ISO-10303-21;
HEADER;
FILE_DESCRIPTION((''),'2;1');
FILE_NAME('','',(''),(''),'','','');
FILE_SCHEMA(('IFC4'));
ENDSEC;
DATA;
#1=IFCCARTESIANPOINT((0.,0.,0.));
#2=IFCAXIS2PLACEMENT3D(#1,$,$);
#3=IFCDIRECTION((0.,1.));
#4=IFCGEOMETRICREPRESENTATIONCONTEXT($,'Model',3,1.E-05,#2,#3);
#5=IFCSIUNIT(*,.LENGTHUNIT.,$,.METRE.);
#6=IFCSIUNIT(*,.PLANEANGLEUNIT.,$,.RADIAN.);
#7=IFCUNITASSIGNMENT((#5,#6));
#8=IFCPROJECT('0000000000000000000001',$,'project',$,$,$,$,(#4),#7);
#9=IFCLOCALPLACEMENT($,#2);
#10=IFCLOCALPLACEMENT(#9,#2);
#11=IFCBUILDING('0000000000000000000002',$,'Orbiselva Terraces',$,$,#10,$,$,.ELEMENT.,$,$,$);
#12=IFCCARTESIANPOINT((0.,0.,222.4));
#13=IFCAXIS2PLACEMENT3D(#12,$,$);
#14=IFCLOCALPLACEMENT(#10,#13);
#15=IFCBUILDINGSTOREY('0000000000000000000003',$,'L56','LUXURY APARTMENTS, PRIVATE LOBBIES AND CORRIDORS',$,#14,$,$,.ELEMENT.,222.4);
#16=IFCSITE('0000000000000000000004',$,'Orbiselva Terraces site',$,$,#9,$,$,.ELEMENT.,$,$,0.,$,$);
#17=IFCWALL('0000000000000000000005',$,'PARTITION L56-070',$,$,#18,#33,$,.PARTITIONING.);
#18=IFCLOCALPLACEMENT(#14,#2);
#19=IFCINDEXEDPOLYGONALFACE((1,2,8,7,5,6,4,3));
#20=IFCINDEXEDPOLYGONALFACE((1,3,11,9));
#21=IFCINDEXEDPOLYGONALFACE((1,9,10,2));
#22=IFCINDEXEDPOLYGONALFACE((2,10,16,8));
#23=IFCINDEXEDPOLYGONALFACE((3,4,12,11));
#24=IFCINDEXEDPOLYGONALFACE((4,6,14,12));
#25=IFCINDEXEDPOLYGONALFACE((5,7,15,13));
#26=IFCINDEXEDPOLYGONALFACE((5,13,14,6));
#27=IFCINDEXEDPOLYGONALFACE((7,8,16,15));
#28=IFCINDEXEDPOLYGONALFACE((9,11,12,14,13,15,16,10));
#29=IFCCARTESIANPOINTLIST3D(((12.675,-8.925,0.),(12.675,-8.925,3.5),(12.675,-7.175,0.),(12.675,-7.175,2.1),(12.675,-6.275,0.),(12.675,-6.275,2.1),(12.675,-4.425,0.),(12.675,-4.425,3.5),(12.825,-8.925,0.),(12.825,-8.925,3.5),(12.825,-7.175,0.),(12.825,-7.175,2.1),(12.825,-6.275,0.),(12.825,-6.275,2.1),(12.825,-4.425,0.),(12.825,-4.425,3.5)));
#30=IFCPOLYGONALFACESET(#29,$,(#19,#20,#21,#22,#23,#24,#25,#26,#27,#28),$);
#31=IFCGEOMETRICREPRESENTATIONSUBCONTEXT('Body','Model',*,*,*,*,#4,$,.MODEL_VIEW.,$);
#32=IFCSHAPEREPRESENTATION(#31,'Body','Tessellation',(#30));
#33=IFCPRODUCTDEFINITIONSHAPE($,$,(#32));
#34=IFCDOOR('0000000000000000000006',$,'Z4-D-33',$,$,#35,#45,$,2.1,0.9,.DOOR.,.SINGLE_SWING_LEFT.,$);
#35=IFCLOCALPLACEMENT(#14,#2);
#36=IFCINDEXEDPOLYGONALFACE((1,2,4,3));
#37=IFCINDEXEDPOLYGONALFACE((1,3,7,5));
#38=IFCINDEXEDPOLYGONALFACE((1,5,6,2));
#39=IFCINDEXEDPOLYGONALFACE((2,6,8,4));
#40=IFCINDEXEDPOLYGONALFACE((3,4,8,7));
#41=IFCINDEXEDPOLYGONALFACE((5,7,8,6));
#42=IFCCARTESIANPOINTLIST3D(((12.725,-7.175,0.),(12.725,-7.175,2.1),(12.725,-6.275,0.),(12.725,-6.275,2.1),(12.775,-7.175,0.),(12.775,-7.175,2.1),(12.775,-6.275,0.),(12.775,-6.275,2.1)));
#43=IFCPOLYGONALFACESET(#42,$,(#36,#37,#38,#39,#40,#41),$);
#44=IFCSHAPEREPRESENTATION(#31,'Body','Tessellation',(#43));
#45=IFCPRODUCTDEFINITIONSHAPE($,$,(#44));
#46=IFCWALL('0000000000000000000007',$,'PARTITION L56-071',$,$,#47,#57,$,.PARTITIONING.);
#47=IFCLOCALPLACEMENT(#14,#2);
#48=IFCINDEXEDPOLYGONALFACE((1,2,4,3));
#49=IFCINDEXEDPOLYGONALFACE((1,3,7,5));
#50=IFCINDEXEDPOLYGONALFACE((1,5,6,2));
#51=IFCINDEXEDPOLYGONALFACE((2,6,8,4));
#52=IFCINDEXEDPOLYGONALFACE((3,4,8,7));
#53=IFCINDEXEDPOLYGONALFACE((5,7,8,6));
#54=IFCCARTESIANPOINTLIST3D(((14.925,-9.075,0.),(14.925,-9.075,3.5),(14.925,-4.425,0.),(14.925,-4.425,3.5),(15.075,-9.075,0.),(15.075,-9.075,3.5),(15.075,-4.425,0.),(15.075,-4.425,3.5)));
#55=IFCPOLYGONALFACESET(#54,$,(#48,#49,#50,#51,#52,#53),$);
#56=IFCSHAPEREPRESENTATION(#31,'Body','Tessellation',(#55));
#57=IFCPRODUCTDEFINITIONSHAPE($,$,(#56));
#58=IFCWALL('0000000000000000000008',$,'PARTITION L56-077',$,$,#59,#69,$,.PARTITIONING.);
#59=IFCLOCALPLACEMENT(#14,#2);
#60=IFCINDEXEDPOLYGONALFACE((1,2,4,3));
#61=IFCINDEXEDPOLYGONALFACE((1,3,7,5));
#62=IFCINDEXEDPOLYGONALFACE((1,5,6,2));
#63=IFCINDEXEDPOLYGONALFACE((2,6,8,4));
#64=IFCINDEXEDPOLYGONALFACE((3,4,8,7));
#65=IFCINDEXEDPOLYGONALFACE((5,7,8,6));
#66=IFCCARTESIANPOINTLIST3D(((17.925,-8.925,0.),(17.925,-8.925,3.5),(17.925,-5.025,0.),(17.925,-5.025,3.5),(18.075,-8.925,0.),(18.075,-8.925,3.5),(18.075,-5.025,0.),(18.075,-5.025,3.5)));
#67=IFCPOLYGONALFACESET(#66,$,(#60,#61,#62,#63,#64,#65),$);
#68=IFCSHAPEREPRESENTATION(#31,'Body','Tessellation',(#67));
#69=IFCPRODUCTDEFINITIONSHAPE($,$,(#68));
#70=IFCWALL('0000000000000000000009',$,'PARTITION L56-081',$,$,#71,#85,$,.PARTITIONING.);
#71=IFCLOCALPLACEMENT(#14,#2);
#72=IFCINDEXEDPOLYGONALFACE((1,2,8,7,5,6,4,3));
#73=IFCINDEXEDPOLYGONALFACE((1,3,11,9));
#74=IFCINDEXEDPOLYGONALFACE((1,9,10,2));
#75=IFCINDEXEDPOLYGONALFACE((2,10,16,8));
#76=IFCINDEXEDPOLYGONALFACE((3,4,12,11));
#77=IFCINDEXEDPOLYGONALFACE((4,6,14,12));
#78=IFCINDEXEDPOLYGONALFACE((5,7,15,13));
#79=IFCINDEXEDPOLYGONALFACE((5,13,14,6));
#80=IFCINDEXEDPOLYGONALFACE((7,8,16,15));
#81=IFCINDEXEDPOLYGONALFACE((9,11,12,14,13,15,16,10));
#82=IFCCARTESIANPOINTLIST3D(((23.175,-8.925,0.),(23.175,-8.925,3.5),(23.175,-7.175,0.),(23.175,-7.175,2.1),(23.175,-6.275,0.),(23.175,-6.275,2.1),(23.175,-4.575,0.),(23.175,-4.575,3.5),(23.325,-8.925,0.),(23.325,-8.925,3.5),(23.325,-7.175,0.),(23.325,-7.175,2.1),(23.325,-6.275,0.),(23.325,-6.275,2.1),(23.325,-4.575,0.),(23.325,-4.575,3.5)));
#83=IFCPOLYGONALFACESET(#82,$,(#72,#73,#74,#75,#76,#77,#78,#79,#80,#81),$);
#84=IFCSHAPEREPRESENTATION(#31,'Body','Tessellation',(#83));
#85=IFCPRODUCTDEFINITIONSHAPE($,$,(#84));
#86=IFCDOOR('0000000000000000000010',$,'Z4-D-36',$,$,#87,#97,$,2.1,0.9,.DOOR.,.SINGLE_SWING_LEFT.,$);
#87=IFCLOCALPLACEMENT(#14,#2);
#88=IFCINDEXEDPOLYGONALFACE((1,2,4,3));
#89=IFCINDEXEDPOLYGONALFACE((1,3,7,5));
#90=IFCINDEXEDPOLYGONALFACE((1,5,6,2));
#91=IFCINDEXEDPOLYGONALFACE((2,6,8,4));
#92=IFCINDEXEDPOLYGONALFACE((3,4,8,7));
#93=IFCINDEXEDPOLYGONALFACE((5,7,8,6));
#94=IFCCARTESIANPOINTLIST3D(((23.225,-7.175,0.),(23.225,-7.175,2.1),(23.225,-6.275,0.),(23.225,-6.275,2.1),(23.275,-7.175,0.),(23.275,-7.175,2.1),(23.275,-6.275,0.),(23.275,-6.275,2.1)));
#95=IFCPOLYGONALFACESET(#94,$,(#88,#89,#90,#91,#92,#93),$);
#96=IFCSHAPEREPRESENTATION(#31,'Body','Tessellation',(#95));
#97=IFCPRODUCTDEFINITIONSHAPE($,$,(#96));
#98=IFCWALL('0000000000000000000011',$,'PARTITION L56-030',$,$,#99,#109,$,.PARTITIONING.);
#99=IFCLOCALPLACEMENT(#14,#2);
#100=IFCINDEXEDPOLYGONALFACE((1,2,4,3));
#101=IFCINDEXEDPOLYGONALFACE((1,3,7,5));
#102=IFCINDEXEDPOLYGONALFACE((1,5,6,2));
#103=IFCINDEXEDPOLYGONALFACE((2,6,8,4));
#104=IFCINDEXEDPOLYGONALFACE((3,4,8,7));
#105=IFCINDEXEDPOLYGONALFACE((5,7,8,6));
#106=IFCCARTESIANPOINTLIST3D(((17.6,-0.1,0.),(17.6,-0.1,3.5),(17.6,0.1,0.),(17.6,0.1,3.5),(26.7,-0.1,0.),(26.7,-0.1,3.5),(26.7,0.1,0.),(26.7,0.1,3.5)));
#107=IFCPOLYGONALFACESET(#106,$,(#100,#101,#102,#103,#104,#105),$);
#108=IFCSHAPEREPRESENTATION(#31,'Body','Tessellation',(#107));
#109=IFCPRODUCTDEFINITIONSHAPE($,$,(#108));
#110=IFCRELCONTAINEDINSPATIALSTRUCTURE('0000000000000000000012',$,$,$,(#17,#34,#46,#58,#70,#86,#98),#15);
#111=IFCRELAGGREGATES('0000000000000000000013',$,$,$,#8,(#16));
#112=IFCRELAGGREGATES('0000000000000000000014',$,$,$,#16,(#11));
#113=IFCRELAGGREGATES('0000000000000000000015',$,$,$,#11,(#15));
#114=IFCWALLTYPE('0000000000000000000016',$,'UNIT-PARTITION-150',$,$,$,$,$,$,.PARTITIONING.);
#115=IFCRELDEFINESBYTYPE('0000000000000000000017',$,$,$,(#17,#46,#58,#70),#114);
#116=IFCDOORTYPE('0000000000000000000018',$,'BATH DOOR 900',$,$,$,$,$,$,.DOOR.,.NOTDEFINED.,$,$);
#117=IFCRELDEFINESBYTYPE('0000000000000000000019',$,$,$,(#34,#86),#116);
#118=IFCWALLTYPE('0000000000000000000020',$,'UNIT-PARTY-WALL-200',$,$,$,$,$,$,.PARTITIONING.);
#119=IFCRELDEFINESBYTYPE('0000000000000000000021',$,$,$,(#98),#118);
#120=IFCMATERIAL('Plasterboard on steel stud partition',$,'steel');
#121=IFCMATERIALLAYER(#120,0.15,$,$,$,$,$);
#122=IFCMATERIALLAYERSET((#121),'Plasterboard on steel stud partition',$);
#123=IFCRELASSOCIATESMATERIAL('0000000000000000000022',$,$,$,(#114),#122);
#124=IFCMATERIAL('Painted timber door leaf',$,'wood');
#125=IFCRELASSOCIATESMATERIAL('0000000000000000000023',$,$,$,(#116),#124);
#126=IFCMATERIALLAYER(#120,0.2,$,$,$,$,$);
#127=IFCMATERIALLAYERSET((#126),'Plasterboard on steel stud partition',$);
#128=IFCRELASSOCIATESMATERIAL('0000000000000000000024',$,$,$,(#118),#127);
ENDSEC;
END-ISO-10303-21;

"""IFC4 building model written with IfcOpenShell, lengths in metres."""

from ifc_helpers import new_model, si_unit, direction, frame, frame_2d, origin, place, context, subcontext, project, spatial, rectangle, extrude, material, layer, layer_set, type_object, element, fill, save


model = new_model("IFC4")

# Units and contexts
model_context = context("Model", 3, precision=1e-05, world=origin(), true_north=direction((0.0, 1.0)))
body_context = subcontext(model_context, "Body", "Model", "MODEL_VIEW")
ifc_project = project(units=[si_unit("LENGTHUNIT", "METRE"), si_unit("PLANEANGLEUNIT", "RADIAN")], contexts=[model_context])

# Site, building, storey
site_placement = place(None, origin())
site = spatial("IfcSite", under=ifc_project, at=site_placement, Name="Orbiselva Terraces site", CompositionType="ELEMENT", RefElevation=0.0)
building_placement = place(site_placement, origin())
building = spatial("IfcBuilding", under=site, at=building_placement, Name="Orbiselva Terraces", CompositionType="ELEMENT")
storey_placement = place(building_placement, frame((0.0, 0.0, 222.4)))
storey = spatial("IfcBuildingStorey", under=building, at=storey_placement, Name="L56", Description="LUXURY APARTMENTS, PRIVATE LOBBIES AND CORRIDORS", CompositionType="ELEMENT", Elevation=222.4)

# Shared definitions
ifc_material_1 = material(Name="Plasterboard on steel stud partition", Category="steel")
ifc_material_2 = material(Name="Painted timber door leaf", Category="wood")

# Shared definitions
ifc_layer_1 = layer(ifc_material_1, 0.15)
ifc_layer_set_1 = layer_set([ifc_layer_1], Name="Plasterboard on steel stud partition")
wall_type_1 = type_object("IfcWallType", Name="UNIT-PARTITION-150", PredefinedType="PARTITIONING", material=ifc_layer_set_1)

# Wall, opening, door
wall_1_placement = place(storey_placement, frame((12.75, -8.925, 0.0), z_axis=(0.0, 0.0, 1.0), x_axis=(0.0, 1.0, 0.0)))
wall_1 = element("IfcWall", 1, at=wall_1_placement, inside=storey, type_object=wall_type_1, Name="PARTITION L56-070", PredefinedType="PARTITIONING", context=body_context, shape_type="SweptSolid", body=[
    extrude(rectangle(XDim=4.5, YDim=0.15, at=frame_2d((2.25, 0.0))), origin(), (0.0, 0.0, 1.0), 3.5),
])
opening_1_placement = place(wall_1_placement, frame((1.75, 0.0, 0.0)))
opening_1 = element("IfcOpeningElement", 2, at=opening_1_placement, cuts=wall_1, PredefinedType="OPENING", context=body_context, shape_type="SweptSolid", body=[
    extrude(rectangle(XDim=0.9, YDim=2.1, at=frame_2d((0.45, 1.05))), frame((0.0, 0.085, 0.0), z_axis=(0.0, -1.0, 0.0), x_axis=(1.0, 0.0, 0.0)), (0.0, 0.0, 1.0), 0.17),
])
door_type_1 = type_object("IfcDoorType", Name="BATH DOOR 900", OperationType="NOTDEFINED", PredefinedType="DOOR", material=ifc_material_2)
door_1_placement = place(opening_1_placement, origin())
door_1 = element("IfcDoor", 3, at=door_1_placement, inside=storey, type_object=door_type_1, Name="Z4-D-33", OperationType="SINGLE_SWING_LEFT", OverallHeight=2.1, OverallWidth=0.9, PredefinedType="DOOR", context=body_context, shape_type="SweptSolid", body=[
    extrude(rectangle(XDim=0.9, YDim=2.1, at=frame_2d((0.45, 1.05))), frame((0.0, 0.025, 0.0), z_axis=(0.0, -1.0, 0.0), x_axis=(1.0, 0.0, 0.0)), (0.0, 0.0, 1.0), 0.05),
])
fill(opening_1, door_1)

# Walls
wall_2_placement = place(storey_placement, frame((15.0, -9.075, 0.0), z_axis=(0.0, 0.0, 1.0), x_axis=(0.0, 1.0, 0.0)))
element("IfcWall", 4, at=wall_2_placement, inside=storey, type_object=wall_type_1, Name="PARTITION L56-071", PredefinedType="PARTITIONING", context=body_context, shape_type="SweptSolid", body=[
    extrude(rectangle(XDim=4.65, YDim=0.15, at=frame_2d((2.325, 0.0))), origin(), (0.0, 0.0, 1.0), 3.5),
])
wall_3_placement = place(storey_placement, frame((18.0, -8.925, 0.0), z_axis=(0.0, 0.0, 1.0), x_axis=(0.0, 1.0, 0.0)))
element("IfcWall", 5, at=wall_3_placement, inside=storey, type_object=wall_type_1, Name="PARTITION L56-077", PredefinedType="PARTITIONING", context=body_context, shape_type="SweptSolid", body=[
    extrude(rectangle(XDim=3.9, YDim=0.15, at=frame_2d((1.95, 0.0))), origin(), (0.0, 0.0, 1.0), 3.5),
])

# Wall, opening, door
wall_4_placement = place(storey_placement, frame((23.25, -4.575, 0.0), z_axis=(0.0, 0.0, 1.0), x_axis=(0.0, -1.0, 0.0)))
wall_4 = element("IfcWall", 6, at=wall_4_placement, inside=storey, type_object=wall_type_1, Name="PARTITION L56-081", PredefinedType="PARTITIONING", context=body_context, shape_type="SweptSolid", body=[
    extrude(rectangle(XDim=4.35, YDim=0.15, at=frame_2d((2.175, 0.0))), origin(), (0.0, 0.0, 1.0), 3.5),
])
opening_2_placement = place(wall_4_placement, frame((1.7, 0.0, 0.0)))
opening_2 = element("IfcOpeningElement", 7, at=opening_2_placement, cuts=wall_4, PredefinedType="OPENING", context=body_context, shape_type="SweptSolid", body=[
    extrude(rectangle(XDim=0.9, YDim=2.1, at=frame_2d((0.45, 1.05))), frame((0.0, 0.085, 0.0), z_axis=(0.0, -1.0, 0.0), x_axis=(1.0, 0.0, 0.0)), (0.0, 0.0, 1.0), 0.17),
])
door_2_placement = place(opening_2_placement, origin())
door_2 = element("IfcDoor", 8, at=door_2_placement, inside=storey, type_object=door_type_1, Name="Z4-D-36", OperationType="SINGLE_SWING_LEFT", OverallHeight=2.1, OverallWidth=0.9, PredefinedType="DOOR", context=body_context, shape_type="SweptSolid", body=[
    extrude(rectangle(XDim=0.9, YDim=2.1, at=frame_2d((0.45, 1.05))), frame((0.0, 0.025, 0.0), z_axis=(0.0, -1.0, 0.0), x_axis=(1.0, 0.0, 0.0)), (0.0, 0.0, 1.0), 0.05),
])
fill(opening_2, door_2)

# Wall
ifc_layer_2 = layer(ifc_material_1, 0.2)
ifc_layer_set_2 = layer_set([ifc_layer_2], Name="Plasterboard on steel stud partition")
wall_type_2 = type_object("IfcWallType", Name="UNIT-PARTY-WALL-200", PredefinedType="PARTITIONING", material=ifc_layer_set_2)
wall_5_placement = place(storey_placement, frame((17.6, 0.0, 0.0), z_axis=(0.0, 0.0, 1.0), x_axis=(1.0, 0.0, 0.0)))
element("IfcWall", 9, at=wall_5_placement, inside=storey, type_object=wall_type_2, Name="PARTITION L56-030", PredefinedType="PARTITIONING", context=body_context, shape_type="SweptSolid", body=[
    extrude(rectangle(XDim=9.1, YDim=0.2, at=frame_2d((4.55, 0.0))), origin(), (0.0, 0.0, 1.0), 3.5),
])

save(model, "model.ifc")
